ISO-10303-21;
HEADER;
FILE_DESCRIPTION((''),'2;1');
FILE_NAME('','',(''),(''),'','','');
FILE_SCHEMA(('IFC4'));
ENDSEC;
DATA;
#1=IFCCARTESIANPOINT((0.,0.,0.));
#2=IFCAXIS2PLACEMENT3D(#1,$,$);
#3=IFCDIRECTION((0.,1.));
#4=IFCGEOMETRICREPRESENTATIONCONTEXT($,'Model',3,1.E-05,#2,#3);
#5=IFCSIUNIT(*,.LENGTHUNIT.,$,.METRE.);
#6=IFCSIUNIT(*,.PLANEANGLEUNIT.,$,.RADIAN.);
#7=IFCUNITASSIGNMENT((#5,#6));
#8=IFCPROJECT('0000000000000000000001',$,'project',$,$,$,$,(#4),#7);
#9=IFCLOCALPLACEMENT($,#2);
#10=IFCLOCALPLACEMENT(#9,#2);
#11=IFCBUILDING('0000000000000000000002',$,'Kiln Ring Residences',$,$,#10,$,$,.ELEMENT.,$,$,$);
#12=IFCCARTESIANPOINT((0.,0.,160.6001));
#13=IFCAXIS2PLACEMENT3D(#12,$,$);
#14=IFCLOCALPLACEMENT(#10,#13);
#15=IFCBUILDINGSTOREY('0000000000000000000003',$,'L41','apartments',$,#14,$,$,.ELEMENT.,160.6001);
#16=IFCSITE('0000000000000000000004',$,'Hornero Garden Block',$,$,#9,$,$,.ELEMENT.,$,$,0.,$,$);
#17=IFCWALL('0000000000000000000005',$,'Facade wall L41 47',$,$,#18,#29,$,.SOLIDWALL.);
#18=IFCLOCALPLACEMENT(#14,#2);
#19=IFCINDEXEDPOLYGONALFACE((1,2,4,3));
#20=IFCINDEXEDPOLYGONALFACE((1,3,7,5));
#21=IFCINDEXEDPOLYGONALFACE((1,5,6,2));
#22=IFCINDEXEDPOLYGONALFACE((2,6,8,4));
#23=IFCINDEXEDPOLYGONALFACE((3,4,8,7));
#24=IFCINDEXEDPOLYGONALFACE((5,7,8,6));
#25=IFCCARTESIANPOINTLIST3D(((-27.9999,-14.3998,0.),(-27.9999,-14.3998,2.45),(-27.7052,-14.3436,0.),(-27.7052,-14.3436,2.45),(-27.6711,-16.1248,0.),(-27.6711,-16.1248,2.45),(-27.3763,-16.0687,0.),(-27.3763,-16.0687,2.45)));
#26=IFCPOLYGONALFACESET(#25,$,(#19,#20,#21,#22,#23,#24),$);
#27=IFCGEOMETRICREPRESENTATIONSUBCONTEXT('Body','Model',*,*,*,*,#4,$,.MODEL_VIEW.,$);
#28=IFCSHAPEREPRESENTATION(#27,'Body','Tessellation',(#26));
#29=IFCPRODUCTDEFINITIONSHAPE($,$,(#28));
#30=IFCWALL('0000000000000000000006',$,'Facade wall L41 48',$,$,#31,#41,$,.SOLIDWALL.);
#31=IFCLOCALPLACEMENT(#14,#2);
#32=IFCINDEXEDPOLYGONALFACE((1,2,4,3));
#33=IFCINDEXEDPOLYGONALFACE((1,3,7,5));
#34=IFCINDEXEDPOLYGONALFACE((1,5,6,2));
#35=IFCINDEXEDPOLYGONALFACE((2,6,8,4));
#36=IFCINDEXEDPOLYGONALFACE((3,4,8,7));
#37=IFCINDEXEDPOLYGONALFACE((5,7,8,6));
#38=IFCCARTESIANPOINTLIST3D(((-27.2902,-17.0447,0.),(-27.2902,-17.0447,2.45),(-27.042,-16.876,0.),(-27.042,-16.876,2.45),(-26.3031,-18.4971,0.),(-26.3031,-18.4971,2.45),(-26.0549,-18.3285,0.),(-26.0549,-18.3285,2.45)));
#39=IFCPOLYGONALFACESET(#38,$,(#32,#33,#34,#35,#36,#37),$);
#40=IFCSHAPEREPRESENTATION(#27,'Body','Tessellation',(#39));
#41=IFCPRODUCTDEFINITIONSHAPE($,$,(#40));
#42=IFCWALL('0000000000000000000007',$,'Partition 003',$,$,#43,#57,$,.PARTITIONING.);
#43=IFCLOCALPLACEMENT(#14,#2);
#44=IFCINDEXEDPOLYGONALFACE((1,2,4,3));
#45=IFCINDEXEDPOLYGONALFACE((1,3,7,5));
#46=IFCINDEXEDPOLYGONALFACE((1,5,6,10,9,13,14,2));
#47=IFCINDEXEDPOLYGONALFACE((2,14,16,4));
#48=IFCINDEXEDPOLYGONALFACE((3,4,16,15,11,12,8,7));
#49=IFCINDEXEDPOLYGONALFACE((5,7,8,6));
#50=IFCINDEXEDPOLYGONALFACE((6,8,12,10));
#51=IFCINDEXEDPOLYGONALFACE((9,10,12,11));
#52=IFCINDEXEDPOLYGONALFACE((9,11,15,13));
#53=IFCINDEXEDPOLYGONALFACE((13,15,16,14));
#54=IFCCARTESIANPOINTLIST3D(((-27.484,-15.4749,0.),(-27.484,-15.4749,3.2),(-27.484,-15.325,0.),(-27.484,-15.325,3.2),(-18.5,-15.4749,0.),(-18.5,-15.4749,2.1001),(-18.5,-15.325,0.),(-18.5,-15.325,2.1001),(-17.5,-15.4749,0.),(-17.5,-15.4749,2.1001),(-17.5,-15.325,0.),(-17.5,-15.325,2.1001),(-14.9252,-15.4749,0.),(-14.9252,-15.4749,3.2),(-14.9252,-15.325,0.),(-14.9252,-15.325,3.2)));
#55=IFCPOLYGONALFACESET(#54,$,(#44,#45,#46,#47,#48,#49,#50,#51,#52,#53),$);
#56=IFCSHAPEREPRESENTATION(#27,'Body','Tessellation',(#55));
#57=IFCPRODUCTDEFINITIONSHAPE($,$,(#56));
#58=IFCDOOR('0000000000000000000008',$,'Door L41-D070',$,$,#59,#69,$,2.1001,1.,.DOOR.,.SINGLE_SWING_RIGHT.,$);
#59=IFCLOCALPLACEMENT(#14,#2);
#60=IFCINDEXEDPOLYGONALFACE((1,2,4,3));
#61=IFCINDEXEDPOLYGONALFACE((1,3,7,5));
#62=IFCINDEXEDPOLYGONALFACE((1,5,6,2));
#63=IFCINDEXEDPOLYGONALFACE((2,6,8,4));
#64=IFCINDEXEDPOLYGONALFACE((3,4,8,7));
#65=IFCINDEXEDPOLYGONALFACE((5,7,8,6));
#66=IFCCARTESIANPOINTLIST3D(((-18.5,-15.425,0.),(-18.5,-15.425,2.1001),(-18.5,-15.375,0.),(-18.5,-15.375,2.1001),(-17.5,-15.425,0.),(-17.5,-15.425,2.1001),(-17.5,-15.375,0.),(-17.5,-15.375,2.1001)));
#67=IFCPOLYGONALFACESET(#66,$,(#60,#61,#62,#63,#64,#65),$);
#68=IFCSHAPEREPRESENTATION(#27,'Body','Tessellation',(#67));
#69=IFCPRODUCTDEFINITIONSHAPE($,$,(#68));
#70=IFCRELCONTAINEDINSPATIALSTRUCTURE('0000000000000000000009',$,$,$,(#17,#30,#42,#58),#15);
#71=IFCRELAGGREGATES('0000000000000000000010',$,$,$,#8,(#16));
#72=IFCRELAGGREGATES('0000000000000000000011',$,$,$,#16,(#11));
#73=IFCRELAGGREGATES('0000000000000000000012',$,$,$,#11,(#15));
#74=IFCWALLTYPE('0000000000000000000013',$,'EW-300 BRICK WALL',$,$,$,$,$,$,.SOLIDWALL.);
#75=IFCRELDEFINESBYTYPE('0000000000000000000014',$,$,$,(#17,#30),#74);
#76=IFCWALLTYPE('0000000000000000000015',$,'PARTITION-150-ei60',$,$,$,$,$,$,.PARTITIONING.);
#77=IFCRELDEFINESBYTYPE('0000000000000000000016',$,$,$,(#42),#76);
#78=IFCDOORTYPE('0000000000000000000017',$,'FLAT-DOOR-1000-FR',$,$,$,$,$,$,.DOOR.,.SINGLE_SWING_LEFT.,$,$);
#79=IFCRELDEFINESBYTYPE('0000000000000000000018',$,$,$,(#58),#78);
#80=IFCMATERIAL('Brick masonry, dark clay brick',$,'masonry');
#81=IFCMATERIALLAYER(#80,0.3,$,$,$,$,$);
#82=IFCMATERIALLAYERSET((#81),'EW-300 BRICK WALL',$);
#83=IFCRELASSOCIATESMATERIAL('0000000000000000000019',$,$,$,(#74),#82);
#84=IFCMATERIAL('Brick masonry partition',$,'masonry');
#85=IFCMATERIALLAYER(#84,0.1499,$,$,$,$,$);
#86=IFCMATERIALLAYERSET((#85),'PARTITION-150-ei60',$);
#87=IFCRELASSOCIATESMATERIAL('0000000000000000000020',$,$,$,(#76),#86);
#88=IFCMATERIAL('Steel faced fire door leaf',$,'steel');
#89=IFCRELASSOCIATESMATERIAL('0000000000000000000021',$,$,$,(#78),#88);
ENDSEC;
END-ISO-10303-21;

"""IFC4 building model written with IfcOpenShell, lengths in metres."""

from ifc_helpers import new_model, si_unit, direction, frame, frame_2d, origin, place, context, subcontext, project, spatial, rectangle, extrude, material, layer, layer_set, type_object, element, fill, save


model = new_model("IFC4")

# Units and contexts
model_context = context("Model", 3, precision=1e-05, world=origin(), true_north=direction((0.0, 1.0)))
body_context = subcontext(model_context, "Body", "Model", "MODEL_VIEW")
ifc_project = project(units=[si_unit("LENGTHUNIT", "METRE"), si_unit("PLANEANGLEUNIT", "RADIAN")], contexts=[model_context])

# Site, building, storey
site_placement = place(None, origin())
site = spatial("IfcSite", under=ifc_project, at=site_placement, Name="Hornero Garden Block", CompositionType="ELEMENT", RefElevation=0.0)
building_placement = place(site_placement, origin())
building = spatial("IfcBuilding", under=site, at=building_placement, Name="Kiln Ring Residences", CompositionType="ELEMENT")
storey_placement = place(building_placement, frame((0.0, 0.0, 160.6001)))
storey = spatial("IfcBuildingStorey", under=building, at=storey_placement, Name="L41", Description="apartments", CompositionType="ELEMENT", Elevation=160.6001)

# Walls
ifc_material_1 = material(Name="Brick masonry, dark clay brick", Category="masonry")
ifc_layer_1 = layer(ifc_material_1, 0.3)
ifc_layer_set_1 = layer_set([ifc_layer_1], Name="EW-300 BRICK WALL")
wall_type_1 = type_object("IfcWallType", Name="EW-300 BRICK WALL", PredefinedType="SOLIDWALL", material=ifc_layer_set_1)
for number, where, z_axis, x_axis, name in (
    (1, (-27.8525, -14.3718, 0.0), (0.0, 0.0, 1.0), (0.187259, -0.982311, 0.0), "Facade wall L41 47"),
    (2, (-27.166, -16.9604, 0.0), (0.0, 0.0, 1.0), (0.562089, -0.827076, 0.0), "Facade wall L41 48"),
):
    element("IfcWall", number, at=place(storey_placement, frame(where, z_axis=z_axis, x_axis=x_axis)), inside=storey, type_object=wall_type_1, Name=name, PredefinedType="SOLIDWALL", context=body_context, shape_type="SweptSolid", body=[
        extrude(rectangle(XDim=1.7561, YDim=0.3, at=frame_2d((0.8779, 0.0))), origin(), (0.0, 0.0, 1.0), 2.45),
    ])

# Wall, opening, door
ifc_material_2 = material(Name="Brick masonry partition", Category="masonry")
ifc_layer_2 = layer(ifc_material_2, 0.1499)
ifc_layer_set_2 = layer_set([ifc_layer_2], Name="PARTITION-150-ei60")
wall_type_2 = type_object("IfcWallType", Name="PARTITION-150-ei60", PredefinedType="PARTITIONING", material=ifc_layer_set_2)
wall_1_placement = place(storey_placement, frame((-27.4839, -15.3999, 0.0), z_axis=(0.0, 0.0, 1.0), x_axis=(1.0, 0.0, 0.0)))
wall_1 = element("IfcWall", 3, at=wall_1_placement, inside=storey, type_object=wall_type_2, Name="Partition 003", PredefinedType="PARTITIONING", context=body_context, shape_type="SweptSolid", body=[
    extrude(rectangle(XDim=12.5588, YDim=0.1499, at=frame_2d((6.2793, 0.0))), origin(), (0.0, 0.0, 1.0), 3.2),
])
opening_1_placement = place(wall_1_placement, frame((8.9839, 0.0, 0.0)))
opening_1 = element("IfcOpeningElement", 4, at=opening_1_placement, cuts=wall_1, PredefinedType="OPENING", context=body_context, shape_type="SweptSolid", body=[
    extrude(rectangle(XDim=1.0, YDim=2.1001, at=frame_2d((0.5, 1.05))), frame((0.0, 0.085, 0.0), z_axis=(0.0, -1.0, 0.0), x_axis=(1.0, 0.0, 0.0)), (0.0, 0.0, 1.0), 0.1699),
])
ifc_material_3 = material(Name="Steel faced fire door leaf", Category="steel")
door_type_1 = type_object("IfcDoorType", Name="FLAT-DOOR-1000-FR", OperationType="SINGLE_SWING_LEFT", PredefinedType="DOOR", material=ifc_material_3)
door_1_placement = place(opening_1_placement, origin())
door_1 = element("IfcDoor", 5, at=door_1_placement, inside=storey, type_object=door_type_1, Name="Door L41-D070", OperationType="SINGLE_SWING_RIGHT", OverallHeight=2.1001, OverallWidth=1.0, PredefinedType="DOOR", context=body_context, shape_type="SweptSolid", body=[
    extrude(rectangle(XDim=1.0, YDim=2.1001, at=frame_2d((0.5, 1.05))), frame((0.0, 0.0249, 0.0), z_axis=(0.0, -1.0, 0.0), x_axis=(1.0, 0.0, 0.0)), (0.0, 0.0, 1.0), 0.05),
])
fill(opening_1, door_1)

save(model, "model.ifc")
